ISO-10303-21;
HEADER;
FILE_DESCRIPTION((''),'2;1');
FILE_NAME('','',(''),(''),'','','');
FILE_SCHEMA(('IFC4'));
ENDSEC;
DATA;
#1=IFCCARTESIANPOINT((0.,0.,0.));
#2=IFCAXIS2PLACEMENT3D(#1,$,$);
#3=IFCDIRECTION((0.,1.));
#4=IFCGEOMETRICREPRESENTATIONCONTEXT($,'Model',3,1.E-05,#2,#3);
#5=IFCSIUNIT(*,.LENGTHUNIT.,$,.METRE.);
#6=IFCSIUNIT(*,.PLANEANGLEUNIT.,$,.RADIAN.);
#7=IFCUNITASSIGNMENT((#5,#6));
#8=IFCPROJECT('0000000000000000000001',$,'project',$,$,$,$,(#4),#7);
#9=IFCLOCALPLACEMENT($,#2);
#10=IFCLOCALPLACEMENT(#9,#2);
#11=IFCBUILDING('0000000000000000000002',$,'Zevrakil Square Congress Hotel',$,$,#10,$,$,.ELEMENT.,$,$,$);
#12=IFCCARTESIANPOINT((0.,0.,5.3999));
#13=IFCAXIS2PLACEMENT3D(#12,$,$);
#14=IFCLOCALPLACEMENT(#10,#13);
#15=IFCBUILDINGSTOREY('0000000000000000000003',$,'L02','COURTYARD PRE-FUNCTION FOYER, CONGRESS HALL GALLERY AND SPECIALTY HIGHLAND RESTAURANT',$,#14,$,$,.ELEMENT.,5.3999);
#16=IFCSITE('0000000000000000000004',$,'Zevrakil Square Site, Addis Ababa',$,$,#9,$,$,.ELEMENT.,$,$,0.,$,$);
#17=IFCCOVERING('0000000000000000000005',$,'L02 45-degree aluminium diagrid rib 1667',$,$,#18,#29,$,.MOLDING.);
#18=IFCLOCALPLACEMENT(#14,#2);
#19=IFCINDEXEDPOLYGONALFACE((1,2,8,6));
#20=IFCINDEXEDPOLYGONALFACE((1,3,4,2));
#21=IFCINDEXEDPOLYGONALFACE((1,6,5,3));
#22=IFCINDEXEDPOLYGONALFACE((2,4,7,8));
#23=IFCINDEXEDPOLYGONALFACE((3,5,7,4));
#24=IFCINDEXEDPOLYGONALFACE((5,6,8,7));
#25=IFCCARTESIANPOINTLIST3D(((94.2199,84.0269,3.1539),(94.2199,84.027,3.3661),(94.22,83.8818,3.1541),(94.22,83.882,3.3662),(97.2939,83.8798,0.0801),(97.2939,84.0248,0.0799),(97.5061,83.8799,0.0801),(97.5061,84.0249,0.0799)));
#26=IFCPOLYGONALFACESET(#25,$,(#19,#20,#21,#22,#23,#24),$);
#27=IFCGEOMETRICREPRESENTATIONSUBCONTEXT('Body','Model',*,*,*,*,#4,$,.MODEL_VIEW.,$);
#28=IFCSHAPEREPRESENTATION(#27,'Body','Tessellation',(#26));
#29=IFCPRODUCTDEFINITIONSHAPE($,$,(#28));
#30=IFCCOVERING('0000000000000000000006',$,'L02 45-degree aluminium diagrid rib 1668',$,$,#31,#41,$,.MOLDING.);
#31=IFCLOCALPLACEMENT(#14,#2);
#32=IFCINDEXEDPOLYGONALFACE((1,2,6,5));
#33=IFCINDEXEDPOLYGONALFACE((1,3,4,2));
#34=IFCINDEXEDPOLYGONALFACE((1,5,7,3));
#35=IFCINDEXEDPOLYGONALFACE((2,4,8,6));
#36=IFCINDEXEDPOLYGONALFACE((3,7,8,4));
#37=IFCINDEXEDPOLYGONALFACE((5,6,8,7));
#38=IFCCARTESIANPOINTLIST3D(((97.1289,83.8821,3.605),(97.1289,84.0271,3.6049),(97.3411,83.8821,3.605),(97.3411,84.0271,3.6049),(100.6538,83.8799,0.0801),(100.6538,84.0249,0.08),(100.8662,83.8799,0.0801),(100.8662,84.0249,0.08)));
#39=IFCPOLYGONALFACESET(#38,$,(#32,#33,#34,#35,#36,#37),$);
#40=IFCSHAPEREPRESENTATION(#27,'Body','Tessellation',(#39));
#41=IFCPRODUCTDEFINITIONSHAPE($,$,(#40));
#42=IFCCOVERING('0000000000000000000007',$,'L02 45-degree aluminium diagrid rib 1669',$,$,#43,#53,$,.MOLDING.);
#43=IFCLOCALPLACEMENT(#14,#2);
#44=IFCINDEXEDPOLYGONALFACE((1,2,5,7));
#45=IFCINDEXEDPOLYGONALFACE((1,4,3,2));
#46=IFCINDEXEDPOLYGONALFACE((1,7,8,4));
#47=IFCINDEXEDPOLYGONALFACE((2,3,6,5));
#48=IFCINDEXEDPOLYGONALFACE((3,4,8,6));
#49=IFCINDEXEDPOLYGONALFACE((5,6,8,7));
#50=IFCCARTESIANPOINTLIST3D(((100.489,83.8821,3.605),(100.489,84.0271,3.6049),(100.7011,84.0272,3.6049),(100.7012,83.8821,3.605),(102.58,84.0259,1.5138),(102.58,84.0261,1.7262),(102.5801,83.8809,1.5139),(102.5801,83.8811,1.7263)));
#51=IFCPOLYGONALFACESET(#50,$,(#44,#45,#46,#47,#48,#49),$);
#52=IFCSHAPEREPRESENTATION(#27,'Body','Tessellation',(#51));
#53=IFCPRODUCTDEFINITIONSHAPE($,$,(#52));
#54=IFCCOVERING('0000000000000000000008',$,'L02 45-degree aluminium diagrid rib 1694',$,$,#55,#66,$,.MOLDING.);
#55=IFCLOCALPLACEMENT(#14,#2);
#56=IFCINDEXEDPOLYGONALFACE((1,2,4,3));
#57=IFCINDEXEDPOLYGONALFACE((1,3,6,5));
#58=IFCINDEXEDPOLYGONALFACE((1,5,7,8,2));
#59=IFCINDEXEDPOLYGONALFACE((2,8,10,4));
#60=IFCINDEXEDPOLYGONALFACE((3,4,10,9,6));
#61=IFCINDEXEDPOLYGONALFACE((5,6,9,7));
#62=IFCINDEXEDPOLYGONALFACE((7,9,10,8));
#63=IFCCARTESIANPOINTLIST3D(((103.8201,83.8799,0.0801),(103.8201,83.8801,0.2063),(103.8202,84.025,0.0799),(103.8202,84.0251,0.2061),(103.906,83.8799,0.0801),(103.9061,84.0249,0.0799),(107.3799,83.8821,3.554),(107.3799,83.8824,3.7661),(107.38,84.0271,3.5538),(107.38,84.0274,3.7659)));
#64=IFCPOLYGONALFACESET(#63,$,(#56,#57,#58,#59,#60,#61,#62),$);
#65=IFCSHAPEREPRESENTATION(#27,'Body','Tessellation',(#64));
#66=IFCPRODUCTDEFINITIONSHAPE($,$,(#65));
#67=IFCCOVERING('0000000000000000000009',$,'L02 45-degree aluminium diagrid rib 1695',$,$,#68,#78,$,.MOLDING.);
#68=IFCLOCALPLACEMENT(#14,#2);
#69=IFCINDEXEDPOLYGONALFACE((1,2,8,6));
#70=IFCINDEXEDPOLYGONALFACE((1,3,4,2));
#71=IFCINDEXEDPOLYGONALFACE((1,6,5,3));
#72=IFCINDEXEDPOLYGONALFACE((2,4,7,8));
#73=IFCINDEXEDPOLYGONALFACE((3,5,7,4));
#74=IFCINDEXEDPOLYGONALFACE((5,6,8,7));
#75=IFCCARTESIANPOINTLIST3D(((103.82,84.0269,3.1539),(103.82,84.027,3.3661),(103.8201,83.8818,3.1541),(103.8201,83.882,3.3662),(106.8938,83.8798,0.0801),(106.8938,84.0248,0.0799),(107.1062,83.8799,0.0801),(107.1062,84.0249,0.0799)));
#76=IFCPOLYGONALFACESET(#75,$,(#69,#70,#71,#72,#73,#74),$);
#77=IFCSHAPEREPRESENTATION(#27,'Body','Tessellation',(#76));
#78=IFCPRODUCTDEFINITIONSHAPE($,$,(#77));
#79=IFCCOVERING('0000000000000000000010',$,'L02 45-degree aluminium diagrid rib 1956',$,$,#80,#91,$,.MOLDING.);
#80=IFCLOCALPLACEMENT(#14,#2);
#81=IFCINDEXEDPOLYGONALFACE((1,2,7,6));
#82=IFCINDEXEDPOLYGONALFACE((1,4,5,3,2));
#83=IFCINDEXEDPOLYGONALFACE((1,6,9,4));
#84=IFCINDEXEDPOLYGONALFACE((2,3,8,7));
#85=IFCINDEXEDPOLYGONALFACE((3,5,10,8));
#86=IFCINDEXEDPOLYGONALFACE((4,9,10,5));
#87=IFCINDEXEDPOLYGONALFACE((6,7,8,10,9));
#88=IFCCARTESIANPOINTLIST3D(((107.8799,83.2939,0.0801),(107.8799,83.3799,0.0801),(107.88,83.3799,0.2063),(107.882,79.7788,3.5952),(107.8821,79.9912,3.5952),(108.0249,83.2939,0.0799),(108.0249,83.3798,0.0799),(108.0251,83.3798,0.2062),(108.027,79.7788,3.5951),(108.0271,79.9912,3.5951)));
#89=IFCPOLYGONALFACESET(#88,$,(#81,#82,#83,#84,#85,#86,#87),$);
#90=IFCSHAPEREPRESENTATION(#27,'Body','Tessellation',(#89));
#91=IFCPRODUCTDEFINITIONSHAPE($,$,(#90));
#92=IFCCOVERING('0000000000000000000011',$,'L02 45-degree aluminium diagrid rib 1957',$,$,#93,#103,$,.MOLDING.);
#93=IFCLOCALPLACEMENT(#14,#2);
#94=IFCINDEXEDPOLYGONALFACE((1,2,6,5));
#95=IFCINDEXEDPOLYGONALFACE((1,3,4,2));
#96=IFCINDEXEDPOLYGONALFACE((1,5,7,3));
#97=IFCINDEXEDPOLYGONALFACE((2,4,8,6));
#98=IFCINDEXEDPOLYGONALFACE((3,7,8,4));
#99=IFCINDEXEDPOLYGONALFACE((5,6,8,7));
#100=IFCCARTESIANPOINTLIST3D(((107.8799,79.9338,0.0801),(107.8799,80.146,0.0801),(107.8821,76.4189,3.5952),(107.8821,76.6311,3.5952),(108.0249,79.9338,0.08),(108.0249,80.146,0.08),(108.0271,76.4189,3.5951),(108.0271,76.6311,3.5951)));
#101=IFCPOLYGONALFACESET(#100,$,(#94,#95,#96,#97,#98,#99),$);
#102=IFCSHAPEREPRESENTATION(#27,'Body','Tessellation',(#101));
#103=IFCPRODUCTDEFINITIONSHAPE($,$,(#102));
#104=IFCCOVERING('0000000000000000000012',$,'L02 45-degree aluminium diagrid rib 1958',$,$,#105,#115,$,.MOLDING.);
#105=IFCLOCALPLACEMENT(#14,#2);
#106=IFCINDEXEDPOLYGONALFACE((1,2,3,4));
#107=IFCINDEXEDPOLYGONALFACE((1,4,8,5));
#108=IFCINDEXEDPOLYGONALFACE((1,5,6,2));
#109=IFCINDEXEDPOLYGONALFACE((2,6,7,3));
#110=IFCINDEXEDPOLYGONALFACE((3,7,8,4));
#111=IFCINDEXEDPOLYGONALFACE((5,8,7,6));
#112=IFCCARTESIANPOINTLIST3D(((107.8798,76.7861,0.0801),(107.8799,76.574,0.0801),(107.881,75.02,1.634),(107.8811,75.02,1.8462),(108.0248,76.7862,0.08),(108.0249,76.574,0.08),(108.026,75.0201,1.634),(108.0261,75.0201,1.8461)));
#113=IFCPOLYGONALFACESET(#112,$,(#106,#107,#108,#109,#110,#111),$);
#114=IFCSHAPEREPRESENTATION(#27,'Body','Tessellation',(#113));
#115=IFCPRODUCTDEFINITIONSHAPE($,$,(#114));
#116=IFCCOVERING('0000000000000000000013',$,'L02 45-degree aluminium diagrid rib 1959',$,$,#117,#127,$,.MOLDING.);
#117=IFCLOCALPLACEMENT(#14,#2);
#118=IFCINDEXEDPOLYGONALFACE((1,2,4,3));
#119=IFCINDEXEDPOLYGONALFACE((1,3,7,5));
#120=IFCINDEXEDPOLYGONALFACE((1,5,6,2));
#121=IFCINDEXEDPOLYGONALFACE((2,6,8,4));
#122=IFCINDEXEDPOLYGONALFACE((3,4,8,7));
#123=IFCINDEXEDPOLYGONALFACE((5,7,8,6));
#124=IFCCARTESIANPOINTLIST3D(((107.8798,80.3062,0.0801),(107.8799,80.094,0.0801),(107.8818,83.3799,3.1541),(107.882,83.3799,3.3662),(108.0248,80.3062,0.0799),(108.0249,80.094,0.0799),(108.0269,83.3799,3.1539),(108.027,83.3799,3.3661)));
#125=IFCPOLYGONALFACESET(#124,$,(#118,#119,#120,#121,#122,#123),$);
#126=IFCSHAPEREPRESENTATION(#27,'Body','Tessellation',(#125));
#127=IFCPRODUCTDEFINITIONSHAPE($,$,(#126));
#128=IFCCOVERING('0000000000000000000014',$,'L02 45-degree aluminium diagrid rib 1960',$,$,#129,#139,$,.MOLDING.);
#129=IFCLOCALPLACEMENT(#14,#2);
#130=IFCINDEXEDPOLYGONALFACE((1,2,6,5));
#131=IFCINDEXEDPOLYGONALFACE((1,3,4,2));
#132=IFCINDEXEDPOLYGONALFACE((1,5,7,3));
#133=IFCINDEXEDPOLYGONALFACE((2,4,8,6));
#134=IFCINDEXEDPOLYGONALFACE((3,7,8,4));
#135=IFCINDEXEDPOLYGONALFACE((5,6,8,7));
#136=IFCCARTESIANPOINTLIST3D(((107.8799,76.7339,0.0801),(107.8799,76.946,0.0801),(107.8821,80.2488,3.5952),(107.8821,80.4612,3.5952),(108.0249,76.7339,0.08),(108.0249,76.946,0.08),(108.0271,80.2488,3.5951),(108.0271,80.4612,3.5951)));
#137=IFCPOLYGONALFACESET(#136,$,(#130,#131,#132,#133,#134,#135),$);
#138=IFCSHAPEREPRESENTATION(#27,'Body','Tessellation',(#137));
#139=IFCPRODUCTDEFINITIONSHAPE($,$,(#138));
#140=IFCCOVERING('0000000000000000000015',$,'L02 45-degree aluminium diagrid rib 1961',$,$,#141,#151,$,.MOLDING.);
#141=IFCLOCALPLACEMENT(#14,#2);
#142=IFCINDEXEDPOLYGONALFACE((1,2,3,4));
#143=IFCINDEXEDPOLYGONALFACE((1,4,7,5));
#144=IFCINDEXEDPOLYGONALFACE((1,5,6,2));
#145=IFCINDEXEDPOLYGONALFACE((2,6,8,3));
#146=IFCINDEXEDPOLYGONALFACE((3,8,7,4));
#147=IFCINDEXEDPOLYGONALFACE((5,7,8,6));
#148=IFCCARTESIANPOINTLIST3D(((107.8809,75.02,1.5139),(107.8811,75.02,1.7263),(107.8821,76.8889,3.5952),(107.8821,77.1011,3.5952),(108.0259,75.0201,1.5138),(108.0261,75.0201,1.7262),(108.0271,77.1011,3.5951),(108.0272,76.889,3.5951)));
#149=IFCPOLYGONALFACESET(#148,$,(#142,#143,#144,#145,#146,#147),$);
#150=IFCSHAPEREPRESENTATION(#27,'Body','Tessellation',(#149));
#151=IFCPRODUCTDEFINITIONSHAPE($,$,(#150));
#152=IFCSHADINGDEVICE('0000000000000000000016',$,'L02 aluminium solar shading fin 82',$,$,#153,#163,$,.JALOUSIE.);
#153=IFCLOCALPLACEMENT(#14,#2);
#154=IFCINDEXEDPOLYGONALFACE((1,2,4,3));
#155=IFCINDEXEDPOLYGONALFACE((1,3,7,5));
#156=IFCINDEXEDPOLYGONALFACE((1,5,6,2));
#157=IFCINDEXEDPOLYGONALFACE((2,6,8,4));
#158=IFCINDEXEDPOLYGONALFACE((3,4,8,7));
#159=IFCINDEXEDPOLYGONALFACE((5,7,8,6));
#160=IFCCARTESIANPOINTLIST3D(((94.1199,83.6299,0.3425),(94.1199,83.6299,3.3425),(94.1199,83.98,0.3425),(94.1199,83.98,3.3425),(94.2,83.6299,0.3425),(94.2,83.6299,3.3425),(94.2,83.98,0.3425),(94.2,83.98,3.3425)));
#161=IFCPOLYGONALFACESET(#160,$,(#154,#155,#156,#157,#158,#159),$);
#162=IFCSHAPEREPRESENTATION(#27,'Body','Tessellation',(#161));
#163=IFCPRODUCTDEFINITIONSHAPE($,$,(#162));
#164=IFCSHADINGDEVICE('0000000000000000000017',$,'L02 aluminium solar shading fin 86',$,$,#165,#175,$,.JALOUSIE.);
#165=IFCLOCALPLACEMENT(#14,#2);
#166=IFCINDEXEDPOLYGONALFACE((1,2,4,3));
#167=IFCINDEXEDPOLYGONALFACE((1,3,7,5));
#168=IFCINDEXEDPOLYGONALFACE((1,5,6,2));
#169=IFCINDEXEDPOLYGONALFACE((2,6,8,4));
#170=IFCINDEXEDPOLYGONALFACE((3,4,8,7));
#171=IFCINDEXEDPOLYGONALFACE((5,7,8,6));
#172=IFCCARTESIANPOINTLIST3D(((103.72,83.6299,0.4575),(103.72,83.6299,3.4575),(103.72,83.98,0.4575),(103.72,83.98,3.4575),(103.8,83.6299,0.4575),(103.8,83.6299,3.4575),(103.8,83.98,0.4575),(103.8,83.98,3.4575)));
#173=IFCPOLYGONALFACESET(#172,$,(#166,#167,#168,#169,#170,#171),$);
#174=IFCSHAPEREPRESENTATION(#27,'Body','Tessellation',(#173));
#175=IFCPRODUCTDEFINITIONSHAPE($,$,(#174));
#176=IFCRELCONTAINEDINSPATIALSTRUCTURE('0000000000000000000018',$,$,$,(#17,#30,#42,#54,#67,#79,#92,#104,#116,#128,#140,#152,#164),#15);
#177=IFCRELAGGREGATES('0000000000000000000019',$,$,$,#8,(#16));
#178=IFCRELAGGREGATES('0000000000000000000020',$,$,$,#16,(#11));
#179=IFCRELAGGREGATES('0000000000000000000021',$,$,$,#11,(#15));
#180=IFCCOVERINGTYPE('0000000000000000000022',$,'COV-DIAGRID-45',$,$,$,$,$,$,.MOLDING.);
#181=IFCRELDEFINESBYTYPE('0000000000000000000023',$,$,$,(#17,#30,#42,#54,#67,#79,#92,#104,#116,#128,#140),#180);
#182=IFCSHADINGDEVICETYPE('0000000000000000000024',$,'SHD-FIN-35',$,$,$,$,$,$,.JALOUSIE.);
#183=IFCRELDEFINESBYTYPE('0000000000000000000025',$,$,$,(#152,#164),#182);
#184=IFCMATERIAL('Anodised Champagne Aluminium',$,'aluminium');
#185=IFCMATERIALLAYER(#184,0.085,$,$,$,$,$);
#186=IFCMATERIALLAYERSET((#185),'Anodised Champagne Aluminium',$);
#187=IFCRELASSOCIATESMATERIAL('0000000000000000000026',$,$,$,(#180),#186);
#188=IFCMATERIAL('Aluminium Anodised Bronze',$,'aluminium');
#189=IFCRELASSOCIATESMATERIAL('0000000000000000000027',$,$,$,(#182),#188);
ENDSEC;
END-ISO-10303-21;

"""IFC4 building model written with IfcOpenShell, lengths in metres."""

from ifc_helpers import new_model, si_unit, direction, frame, origin, origin_2d, place, context, subcontext, project, spatial, polyline, rectangle, outline, extrude, material, layer, layer_set, type_object, element, save


model = new_model("IFC4")

# Units and contexts
model_context = context("Model", 3, precision=1e-05, world=origin(), true_north=direction((0.0, 1.0)))
body_context = subcontext(model_context, "Body", "Model", "MODEL_VIEW")
ifc_project = project(units=[si_unit("LENGTHUNIT", "METRE"), si_unit("PLANEANGLEUNIT", "RADIAN")], contexts=[model_context])

# Site, building, storey
site_placement = place(None, origin())
site = spatial("IfcSite", under=ifc_project, at=site_placement, Name="Zevrakil Square Site, Addis Ababa", CompositionType="ELEMENT", RefElevation=0.0)
building_placement = place(site_placement, origin())
building = spatial("IfcBuilding", under=site, at=building_placement, Name="Zevrakil Square Congress Hotel", CompositionType="ELEMENT")
storey_placement = place(building_placement, frame((0.0, 0.0, 5.3999)))
storey = spatial("IfcBuildingStorey", under=building, at=storey_placement, Name="L02", Description="COURTYARD PRE-FUNCTION FOYER, CONGRESS HALL GALLERY AND SPECIALTY HIGHLAND RESTAURANT", CompositionType="ELEMENT", Elevation=5.3999)

# Coverings
ifc_material_1 = material(Name="Anodised Champagne Aluminium", Category="aluminium")
ifc_layer_1 = layer(ifc_material_1, 0.085)
ifc_layer_set_1 = layer_set([ifc_layer_1], Name="Anodised Champagne Aluminium")
covering_type_1 = type_object("IfcCoveringType", Name="COV-DIAGRID-45", PredefinedType="MOLDING", material=ifc_layer_set_1)
covering_1_placement = place(storey_placement, frame((94.22, 83.8818, 3.1541), z_axis=(0.000249, -1.0, 0.000902), x_axis=(0.0, 0.000902, 1.0)))
element("IfcCovering", 1, at=covering_1_placement, inside=storey, type_object=covering_type_1, Name="L02 45-degree aluminium diagrid rib 1667", PredefinedType="MOLDING", context=body_context, shape_type="SweptSolid", body=[
    extrude(outline(polyline([(0.0, 0.0), (0.2122, 0.0), (-3.074, -3.2861), (-3.074, -3.074), (0.0, 0.0)])), origin(), (0.0, 0.0, -1.0), 0.145),
])
covering_2_placement = place(storey_placement, frame((97.1289, 83.8821, 3.605), z_axis=(0.0, -1.0, 0.000623), x_axis=(1.0, 0.0, 0.0)))
element("IfcCovering", 2, at=covering_2_placement, inside=storey, type_object=covering_type_1, Name="L02 45-degree aluminium diagrid rib 1668", PredefinedType="MOLDING", context=body_context, shape_type="SweptSolid", body=[
    extrude(outline(polyline([(0.0, 0.0), (0.2122, 0.0), (3.7373, -3.5249), (3.5249, -3.5249), (0.0, 0.0)])), origin(), (0.0, 0.0, -1.0), 0.145),
])
covering_3_placement = place(storey_placement, frame((100.489, 83.8821, 3.605), z_axis=(0.000298, -1.0, 0.000852), x_axis=(1.0, 0.000298, 0.0)))
element("IfcCovering", 3, at=covering_3_placement, inside=storey, type_object=covering_type_1, Name="L02 45-degree aluminium diagrid rib 1669", PredefinedType="MOLDING", context=body_context, shape_type="SweptSolid", body=[
    extrude(outline(polyline([(0.0, 0.0), (0.2122, 0.0), (2.0911, -1.8787), (2.0911, -2.0911), (0.0, 0.0)])), origin(), (0.0, 0.0, -1.0), 0.145),
])
covering_4_placement = place(storey_placement, frame((103.906, 83.8799, 0.0801), z_axis=(-0.000648, -0.999999, 0.001282), x_axis=(-1.0, 0.000648, -0.000001)))
element("IfcCovering", 4, at=covering_4_placement, inside=storey, type_object=covering_type_1, Name="L02 45-degree aluminium diagrid rib 1694", PredefinedType="MOLDING", context=body_context, shape_type="SweptSolid", body=[
    extrude(outline(polyline([(0.0, 0.0), (0.0859, 0.0), (0.0859, -0.1262), (-3.4739, -3.686), (-3.4739, -3.4739), (0.0, 0.0)])), origin(), (0.0, 0.0, -1.0), 0.145),
])
covering_5_placement = place(storey_placement, frame((103.8201, 83.8818, 3.1541), z_axis=(0.000249, -1.0, 0.000902), x_axis=(0.0, 0.000902, 1.0)))
element("IfcCovering", 5, at=covering_5_placement, inside=storey, type_object=covering_type_1, Name="L02 45-degree aluminium diagrid rib 1695", PredefinedType="MOLDING", context=body_context, shape_type="SweptSolid", body=[
    extrude(outline(polyline([(0.0, 0.0), (0.2122, 0.0), (-3.074, -3.2861), (-3.074, -3.0737), (0.0, 0.0)])), origin(), (0.0, 0.0, -1.0), 0.145),
])
covering_6_placement = place(storey_placement, frame((107.8799, 83.2939, 0.0801), z_axis=(-0.999999, 0.000393, 0.001004), x_axis=(0.000393, 1.0, 0.0)))
element("IfcCovering", 6, at=covering_6_placement, inside=storey, type_object=covering_type_1, Name="L02 45-degree aluminium diagrid rib 1956", PredefinedType="MOLDING", context=body_context, shape_type="SweptSolid", body=[
    extrude(outline(polyline([(0.0, 0.0), (0.0859, 0.0), (0.0859, -0.1262), (-3.3027, -3.5151), (-3.5151, -3.5151), (0.0, 0.0)])), origin(), (0.0, 0.0, -1.0), 0.145),
])
covering_7_placement = place(storey_placement, frame((107.8799, 79.9338, 0.0801), z_axis=(-1.0, 0.0, 0.000625), x_axis=(0.0, 1.0, 0.0)))
element("IfcCovering", 7, at=covering_7_placement, inside=storey, type_object=covering_type_1, Name="L02 45-degree aluminium diagrid rib 1957", PredefinedType="MOLDING", context=body_context, shape_type="SweptSolid", body=[
    extrude(outline(polyline([(0.0, 0.0), (0.2122, 0.0), (-3.3027, -3.5151), (-3.5149, -3.5151), (0.0, 0.0)])), origin(), (0.0, 0.0, -1.0), 0.145),
])
covering_8_placement = place(storey_placement, frame((107.8799, 76.574, 0.0801), z_axis=(-1.0, -0.000368, 0.000368), x_axis=(-0.000368, 1.0, 0.0)))
element("IfcCovering", 8, at=covering_8_placement, inside=storey, type_object=covering_type_1, Name="L02 45-degree aluminium diagrid rib 1958", PredefinedType="MOLDING", context=body_context, shape_type="SweptSolid", body=[
    extrude(outline(polyline([(0.0, 0.0), (0.2122, 0.0), (-1.554, -1.7661), (-1.554, -1.554), (0.0, 0.0)])), origin(), (0.0, 0.0, -1.0), 0.145),
])
covering_9_placement = place(storey_placement, frame((107.8818, 83.3799, 3.1541), z_axis=(-1.0, -0.000249, 0.000902), x_axis=(0.000902, 0.0, 1.0)))
element("IfcCovering", 9, at=covering_9_placement, inside=storey, type_object=covering_type_1, Name="L02 45-degree aluminium diagrid rib 1959", PredefinedType="MOLDING", context=body_context, shape_type="SweptSolid", body=[
    extrude(outline(polyline([(0.0, 0.0), (0.2122, 0.0), (-3.074, -3.2859), (-3.074, -3.0737), (0.0, 0.0)])), origin(), (0.0, 0.0, -1.0), 0.145),
])
covering_10_placement = place(storey_placement, frame((107.8821, 80.4612, 3.5952), z_axis=(-1.0, 0.0, 0.000625), x_axis=(0.0, -1.0, 0.0)))
element("IfcCovering", 10, at=covering_10_placement, inside=storey, type_object=covering_type_1, Name="L02 45-degree aluminium diagrid rib 1960", PredefinedType="MOLDING", context=body_context, shape_type="SweptSolid", body=[
    extrude(outline(polyline([(0.0, 0.0), (0.2124, 0.0), (3.7273, -3.5151), (3.5151, -3.5151), (0.0, 0.0)])), origin(), (0.0, 0.0, -1.0), 0.145),
])
covering_11_placement = place(storey_placement, frame((107.8821, 77.1011, 3.5952), z_axis=(-1.0, -0.000297, 0.000853), x_axis=(0.000297, -1.0, 0.0)))
element("IfcCovering", 11, at=covering_11_placement, inside=storey, type_object=covering_type_1, Name="L02 45-degree aluminium diagrid rib 1961", PredefinedType="MOLDING", context=body_context, shape_type="SweptSolid", body=[
    extrude(outline(polyline([(0.0, 0.0), (0.2122, 0.0), (2.0811, -1.8689), (2.0811, -2.0813), (0.0, 0.0)])), origin(), (0.0, 0.0, -1.0), 0.145),
])

# Shading devices
ifc_material_2 = material(Name="Aluminium Anodised Bronze", Category="aluminium")
shading_device_type = type_object("IfcShadingDeviceType", Name="SHD-FIN-35", PredefinedType="JALOUSIE", material=ifc_material_2)
for number, where, z_axis, x_axis, name in (
    (12, (94.1599, 83.8049, 0.3425), (0.0, 0.0, 1.0), (0.0, -1.0, 0.0), "L02 aluminium solar shading fin 82"),
    (13, (103.76, 83.8049, 0.4575), (0.0, 0.0, 1.0), (0.0, -1.0, 0.0), "L02 aluminium solar shading fin 86"),
):
    element("IfcShadingDevice", number, at=place(storey_placement, frame(where, z_axis=z_axis, x_axis=x_axis)), inside=storey, type_object=shading_device_type, Name=name, PredefinedType="JALOUSIE", context=body_context, shape_type="SweptSolid", body=[
        extrude(rectangle(XDim=0.3501, YDim=0.0801, at=origin_2d()), origin(), (0.0, 0.0, 1.0), 3.0),
    ])

save(model, "model.ifc")
